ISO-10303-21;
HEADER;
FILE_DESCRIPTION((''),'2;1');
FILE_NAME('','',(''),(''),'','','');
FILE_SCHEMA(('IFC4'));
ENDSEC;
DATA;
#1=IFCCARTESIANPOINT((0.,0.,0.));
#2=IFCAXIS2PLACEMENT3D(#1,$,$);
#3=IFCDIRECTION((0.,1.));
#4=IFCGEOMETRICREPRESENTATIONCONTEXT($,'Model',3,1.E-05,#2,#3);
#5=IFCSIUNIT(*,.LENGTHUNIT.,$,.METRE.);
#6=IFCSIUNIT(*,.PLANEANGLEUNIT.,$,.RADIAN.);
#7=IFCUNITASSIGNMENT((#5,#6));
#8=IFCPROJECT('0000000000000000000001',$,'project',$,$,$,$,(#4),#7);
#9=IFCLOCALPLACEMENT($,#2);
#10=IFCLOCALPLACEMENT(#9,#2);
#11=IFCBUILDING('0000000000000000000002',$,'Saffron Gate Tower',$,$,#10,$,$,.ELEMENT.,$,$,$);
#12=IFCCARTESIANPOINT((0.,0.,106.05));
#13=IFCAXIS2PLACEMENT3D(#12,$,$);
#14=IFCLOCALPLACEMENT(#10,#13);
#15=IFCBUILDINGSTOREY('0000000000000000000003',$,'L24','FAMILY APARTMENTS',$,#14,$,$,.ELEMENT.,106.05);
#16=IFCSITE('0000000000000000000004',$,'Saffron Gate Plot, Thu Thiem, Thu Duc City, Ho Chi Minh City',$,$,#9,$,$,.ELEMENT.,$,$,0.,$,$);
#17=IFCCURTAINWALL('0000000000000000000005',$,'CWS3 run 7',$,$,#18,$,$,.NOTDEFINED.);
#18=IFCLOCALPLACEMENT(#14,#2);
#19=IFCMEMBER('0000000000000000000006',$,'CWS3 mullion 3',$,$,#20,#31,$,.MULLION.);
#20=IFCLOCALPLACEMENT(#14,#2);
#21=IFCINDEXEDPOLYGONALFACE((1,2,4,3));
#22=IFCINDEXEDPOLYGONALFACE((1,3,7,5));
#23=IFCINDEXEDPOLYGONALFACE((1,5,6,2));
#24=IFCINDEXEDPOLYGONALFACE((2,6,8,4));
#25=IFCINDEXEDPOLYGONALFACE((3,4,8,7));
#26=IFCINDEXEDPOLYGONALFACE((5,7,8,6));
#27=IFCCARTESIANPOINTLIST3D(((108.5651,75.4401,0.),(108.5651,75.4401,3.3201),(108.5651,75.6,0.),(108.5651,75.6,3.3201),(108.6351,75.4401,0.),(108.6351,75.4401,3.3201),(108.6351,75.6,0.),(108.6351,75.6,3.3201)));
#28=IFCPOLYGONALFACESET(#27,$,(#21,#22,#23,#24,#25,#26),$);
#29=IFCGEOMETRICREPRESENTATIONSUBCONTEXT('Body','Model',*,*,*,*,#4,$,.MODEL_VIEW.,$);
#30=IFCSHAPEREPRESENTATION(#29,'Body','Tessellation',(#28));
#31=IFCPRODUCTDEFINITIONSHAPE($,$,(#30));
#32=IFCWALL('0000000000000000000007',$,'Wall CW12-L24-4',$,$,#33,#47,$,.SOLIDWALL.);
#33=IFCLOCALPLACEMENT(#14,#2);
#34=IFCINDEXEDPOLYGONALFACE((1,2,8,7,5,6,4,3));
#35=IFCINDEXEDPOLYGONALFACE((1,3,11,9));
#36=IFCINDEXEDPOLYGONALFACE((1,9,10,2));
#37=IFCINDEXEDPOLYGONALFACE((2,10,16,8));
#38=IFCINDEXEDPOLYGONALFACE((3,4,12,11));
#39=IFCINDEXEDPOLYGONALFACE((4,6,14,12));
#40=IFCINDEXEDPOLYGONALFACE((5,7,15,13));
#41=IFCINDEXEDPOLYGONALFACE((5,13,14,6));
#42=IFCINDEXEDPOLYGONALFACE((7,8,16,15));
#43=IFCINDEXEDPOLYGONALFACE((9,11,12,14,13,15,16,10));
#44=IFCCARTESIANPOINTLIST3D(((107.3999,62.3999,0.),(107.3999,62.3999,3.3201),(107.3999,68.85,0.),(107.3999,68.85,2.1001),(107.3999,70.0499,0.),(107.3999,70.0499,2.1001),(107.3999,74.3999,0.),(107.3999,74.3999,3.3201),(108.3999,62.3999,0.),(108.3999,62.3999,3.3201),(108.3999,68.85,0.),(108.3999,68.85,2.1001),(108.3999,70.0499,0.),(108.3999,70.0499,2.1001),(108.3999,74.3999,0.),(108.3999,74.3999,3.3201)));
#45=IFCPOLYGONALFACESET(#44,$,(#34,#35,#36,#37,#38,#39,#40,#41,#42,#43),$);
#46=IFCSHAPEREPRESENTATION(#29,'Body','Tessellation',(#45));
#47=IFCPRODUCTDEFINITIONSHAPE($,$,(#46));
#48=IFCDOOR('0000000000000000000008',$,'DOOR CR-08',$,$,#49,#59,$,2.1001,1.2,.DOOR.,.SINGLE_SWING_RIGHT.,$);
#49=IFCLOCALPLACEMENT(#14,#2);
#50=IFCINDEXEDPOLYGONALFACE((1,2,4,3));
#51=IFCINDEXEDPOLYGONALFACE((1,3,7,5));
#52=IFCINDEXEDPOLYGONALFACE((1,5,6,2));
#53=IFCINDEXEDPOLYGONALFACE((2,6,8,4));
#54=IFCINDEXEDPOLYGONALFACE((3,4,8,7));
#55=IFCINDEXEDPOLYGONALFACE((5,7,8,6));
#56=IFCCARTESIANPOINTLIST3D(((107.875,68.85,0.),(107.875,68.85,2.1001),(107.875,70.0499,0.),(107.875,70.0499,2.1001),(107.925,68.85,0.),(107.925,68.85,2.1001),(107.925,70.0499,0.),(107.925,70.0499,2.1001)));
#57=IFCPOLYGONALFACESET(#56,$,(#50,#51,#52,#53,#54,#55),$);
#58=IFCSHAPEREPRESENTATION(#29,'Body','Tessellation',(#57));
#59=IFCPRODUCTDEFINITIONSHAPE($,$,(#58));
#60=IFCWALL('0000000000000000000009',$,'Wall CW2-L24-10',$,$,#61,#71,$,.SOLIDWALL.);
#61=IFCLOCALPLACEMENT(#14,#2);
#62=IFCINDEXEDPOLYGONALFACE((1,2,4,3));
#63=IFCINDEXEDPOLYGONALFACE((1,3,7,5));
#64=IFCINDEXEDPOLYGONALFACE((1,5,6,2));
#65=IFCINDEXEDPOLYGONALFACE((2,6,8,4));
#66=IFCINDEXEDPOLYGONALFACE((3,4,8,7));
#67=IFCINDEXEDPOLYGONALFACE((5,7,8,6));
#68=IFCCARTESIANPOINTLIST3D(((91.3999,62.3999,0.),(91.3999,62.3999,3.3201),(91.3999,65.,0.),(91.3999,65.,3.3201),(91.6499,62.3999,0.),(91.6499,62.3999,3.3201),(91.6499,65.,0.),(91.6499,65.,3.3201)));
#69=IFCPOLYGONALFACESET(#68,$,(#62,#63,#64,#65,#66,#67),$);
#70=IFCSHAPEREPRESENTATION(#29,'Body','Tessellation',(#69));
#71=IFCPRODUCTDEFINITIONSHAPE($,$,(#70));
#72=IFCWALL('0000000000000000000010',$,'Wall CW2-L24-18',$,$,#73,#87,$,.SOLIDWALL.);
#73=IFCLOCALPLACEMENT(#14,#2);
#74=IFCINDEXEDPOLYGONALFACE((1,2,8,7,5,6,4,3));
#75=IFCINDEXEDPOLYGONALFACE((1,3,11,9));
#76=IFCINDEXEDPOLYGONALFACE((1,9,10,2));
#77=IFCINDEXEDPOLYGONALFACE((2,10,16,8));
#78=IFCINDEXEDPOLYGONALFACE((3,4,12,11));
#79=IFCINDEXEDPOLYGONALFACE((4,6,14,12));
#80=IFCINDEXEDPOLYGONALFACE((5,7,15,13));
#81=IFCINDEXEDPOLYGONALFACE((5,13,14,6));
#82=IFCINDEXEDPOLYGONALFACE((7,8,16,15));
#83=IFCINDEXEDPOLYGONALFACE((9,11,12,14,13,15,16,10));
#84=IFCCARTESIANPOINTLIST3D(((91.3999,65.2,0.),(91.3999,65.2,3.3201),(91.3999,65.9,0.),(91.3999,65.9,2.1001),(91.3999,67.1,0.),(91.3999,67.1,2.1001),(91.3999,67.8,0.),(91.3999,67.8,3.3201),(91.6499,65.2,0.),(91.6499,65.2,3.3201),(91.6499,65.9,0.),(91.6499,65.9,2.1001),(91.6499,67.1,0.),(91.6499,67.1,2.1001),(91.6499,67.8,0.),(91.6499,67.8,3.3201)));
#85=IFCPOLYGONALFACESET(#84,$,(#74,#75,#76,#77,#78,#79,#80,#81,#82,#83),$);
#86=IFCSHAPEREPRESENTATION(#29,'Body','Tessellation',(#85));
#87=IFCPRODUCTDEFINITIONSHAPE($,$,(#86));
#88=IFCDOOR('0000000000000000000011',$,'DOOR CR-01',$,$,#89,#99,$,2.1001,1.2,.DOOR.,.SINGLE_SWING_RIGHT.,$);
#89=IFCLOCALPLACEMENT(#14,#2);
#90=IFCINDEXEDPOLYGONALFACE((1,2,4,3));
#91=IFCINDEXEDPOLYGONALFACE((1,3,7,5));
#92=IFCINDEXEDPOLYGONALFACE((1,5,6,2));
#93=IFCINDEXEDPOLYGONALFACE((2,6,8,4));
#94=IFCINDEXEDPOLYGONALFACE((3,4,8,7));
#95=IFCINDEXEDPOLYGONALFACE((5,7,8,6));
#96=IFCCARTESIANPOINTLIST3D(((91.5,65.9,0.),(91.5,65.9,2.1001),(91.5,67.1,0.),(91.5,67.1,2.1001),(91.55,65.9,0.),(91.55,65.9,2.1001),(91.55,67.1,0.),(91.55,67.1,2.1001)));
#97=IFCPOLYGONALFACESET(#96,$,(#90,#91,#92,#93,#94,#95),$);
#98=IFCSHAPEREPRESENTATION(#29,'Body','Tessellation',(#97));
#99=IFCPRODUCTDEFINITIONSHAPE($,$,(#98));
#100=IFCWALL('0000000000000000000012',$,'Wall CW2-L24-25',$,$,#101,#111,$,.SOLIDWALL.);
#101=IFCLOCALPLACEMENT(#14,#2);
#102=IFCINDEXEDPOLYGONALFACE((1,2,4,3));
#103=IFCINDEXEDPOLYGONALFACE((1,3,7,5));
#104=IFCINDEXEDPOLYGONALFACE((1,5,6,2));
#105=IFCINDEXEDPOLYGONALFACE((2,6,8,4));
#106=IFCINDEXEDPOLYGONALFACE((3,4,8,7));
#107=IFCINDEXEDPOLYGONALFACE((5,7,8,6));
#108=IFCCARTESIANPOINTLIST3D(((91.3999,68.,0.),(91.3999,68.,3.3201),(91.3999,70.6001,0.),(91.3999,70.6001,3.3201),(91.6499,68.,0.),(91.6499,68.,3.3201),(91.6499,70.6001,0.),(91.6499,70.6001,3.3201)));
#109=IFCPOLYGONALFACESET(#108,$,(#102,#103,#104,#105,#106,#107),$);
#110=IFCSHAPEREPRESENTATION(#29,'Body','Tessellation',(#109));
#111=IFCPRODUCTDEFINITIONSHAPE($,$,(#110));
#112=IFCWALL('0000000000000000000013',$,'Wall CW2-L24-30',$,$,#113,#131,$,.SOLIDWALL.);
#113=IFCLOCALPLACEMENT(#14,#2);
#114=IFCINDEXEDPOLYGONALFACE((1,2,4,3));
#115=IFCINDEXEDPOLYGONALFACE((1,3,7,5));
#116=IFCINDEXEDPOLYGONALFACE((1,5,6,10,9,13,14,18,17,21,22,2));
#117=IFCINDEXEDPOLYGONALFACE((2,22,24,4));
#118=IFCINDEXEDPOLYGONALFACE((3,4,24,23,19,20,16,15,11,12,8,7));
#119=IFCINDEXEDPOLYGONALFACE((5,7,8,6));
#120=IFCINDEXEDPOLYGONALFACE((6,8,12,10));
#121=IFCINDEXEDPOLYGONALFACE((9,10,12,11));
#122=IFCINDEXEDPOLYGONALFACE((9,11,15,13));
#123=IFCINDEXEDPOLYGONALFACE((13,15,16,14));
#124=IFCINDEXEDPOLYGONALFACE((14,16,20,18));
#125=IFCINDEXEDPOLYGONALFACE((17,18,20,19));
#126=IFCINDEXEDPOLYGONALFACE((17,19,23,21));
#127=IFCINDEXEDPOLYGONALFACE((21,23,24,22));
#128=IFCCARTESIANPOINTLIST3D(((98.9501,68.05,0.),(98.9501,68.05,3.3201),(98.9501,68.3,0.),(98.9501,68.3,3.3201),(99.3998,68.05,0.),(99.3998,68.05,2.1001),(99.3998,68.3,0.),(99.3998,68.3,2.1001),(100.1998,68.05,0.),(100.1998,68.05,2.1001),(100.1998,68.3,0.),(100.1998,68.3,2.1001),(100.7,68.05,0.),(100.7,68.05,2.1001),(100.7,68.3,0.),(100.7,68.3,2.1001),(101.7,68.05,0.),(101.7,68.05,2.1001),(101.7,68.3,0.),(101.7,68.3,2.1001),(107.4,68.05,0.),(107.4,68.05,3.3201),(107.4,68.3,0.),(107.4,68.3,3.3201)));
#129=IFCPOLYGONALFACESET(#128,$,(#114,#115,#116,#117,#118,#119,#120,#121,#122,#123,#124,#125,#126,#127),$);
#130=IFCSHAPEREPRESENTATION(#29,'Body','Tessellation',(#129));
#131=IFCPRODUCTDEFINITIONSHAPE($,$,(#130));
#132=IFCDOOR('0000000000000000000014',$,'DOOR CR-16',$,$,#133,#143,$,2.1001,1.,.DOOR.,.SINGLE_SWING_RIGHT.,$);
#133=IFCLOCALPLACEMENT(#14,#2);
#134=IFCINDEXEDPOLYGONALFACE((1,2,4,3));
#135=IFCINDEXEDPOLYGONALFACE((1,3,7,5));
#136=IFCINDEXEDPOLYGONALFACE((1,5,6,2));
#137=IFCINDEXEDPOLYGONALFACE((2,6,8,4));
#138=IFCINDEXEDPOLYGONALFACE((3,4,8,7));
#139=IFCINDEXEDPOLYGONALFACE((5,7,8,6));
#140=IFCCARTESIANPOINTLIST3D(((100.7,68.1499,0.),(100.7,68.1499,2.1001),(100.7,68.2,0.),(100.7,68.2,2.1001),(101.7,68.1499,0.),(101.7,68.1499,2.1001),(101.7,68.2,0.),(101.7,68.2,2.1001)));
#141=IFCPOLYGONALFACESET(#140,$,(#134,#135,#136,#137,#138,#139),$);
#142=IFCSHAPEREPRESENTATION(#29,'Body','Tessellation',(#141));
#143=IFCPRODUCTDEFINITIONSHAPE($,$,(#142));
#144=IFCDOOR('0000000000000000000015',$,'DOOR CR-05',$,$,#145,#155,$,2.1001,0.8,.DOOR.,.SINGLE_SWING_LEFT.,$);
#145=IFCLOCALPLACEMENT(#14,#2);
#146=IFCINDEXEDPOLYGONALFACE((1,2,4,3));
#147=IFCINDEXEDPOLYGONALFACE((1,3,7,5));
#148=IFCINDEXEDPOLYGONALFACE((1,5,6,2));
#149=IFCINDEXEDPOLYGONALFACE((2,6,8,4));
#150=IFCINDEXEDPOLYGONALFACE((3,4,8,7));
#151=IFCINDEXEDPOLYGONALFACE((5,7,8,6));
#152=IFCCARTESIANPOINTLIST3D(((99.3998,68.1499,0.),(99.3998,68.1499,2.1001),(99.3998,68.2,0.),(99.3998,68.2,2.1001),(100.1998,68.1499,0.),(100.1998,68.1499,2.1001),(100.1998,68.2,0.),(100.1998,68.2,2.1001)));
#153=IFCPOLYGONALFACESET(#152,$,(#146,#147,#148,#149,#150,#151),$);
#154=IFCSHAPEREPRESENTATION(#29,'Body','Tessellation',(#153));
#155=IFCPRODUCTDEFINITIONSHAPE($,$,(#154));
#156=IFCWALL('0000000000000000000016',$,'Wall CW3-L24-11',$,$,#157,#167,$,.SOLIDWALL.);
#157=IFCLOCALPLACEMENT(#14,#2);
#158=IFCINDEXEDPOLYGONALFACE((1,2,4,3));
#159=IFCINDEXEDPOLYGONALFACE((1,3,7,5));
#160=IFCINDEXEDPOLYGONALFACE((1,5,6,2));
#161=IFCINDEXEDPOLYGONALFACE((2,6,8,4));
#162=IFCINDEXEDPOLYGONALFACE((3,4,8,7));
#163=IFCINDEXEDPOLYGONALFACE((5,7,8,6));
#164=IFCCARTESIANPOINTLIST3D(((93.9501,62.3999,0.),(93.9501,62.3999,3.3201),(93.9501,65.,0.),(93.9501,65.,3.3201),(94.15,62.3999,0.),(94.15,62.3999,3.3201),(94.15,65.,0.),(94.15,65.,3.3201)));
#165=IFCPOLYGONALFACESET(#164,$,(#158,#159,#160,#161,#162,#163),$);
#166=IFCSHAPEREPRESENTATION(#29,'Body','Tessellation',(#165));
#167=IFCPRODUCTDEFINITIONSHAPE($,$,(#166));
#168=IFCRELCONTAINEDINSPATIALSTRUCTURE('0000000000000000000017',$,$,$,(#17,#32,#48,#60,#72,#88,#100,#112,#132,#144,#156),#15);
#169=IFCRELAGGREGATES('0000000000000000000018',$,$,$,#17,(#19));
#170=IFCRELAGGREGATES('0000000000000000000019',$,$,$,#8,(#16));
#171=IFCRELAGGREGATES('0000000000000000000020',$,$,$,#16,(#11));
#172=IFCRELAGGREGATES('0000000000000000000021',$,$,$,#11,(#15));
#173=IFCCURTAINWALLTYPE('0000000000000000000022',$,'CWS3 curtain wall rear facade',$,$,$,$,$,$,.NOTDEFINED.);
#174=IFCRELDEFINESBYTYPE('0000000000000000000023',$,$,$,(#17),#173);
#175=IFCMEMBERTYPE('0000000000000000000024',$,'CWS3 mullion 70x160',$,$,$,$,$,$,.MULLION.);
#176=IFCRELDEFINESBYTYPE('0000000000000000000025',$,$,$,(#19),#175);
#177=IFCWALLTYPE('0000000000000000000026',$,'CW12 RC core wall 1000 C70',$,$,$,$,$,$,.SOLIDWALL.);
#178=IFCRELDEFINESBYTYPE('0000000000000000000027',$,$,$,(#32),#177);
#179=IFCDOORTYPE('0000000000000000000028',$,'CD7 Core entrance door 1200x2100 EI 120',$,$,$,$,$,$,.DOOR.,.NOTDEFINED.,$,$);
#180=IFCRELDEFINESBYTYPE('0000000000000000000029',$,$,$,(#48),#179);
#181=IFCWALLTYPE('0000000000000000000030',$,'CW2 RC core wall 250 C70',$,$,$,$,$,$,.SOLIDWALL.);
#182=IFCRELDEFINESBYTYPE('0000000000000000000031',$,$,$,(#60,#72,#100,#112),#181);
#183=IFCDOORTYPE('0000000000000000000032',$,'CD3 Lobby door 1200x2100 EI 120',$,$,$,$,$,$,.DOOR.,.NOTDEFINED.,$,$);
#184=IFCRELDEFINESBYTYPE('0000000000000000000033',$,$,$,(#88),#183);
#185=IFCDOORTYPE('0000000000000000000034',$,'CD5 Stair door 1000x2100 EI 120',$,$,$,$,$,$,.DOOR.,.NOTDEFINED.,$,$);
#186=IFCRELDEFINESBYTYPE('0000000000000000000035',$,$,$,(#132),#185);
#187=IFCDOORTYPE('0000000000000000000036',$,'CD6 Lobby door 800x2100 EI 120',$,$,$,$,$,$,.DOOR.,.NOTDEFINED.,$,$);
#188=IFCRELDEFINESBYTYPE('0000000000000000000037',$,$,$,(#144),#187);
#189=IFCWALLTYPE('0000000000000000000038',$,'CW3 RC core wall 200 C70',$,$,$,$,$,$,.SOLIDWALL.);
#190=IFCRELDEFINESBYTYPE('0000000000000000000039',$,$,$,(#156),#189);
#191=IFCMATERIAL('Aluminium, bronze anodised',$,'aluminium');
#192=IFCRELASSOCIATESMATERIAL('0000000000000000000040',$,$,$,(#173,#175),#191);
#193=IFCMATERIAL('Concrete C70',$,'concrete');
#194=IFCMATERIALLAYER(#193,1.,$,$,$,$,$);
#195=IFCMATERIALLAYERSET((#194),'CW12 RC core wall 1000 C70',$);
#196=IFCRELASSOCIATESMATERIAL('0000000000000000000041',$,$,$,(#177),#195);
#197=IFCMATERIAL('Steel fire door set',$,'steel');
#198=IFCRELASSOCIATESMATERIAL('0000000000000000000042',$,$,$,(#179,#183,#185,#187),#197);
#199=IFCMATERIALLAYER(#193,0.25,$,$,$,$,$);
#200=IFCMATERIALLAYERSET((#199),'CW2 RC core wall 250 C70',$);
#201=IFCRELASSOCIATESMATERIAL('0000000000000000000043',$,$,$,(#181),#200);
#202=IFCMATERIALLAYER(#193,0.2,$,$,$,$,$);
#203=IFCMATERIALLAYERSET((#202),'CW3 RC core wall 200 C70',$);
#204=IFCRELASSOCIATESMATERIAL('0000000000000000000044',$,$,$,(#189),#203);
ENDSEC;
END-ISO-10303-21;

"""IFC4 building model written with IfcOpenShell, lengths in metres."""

from ifc_helpers import new_model, si_unit, direction, frame, frame_2d, origin, origin_2d, place, context, subcontext, project, spatial, rectangle, extrude, material, layer, layer_set, material_profile, profile_set, type_object, element, fill, aggregate, save


model = new_model("IFC4")

# Units and contexts
model_context = context("Model", 3, precision=1e-05, world=origin(), true_north=direction((0.0, 1.0)))
body_context = subcontext(model_context, "Body", "Model", "MODEL_VIEW")
ifc_project = project(units=[si_unit("LENGTHUNIT", "METRE"), si_unit("PLANEANGLEUNIT", "RADIAN")], contexts=[model_context])

# Site, building, storey
site_placement = place(None, origin())
site = spatial("IfcSite", under=ifc_project, at=site_placement, Name="Saffron Gate Plot, Thu Thiem, Thu Duc City, Ho Chi Minh City", CompositionType="ELEMENT", RefElevation=0.0)
building_placement = place(site_placement, origin())
building = spatial("IfcBuilding", under=site, at=building_placement, Name="Saffron Gate Tower", CompositionType="ELEMENT")
storey_placement = place(building_placement, frame((0.0, 0.0, 106.05)))
storey = spatial("IfcBuildingStorey", under=building, at=storey_placement, Name="L24", Description="FAMILY APARTMENTS", CompositionType="ELEMENT", Elevation=106.05)

# Curtain wall, member
ifc_material_1 = material(Name="Aluminium, bronze anodised", Category="aluminium")
curtain_wall_type = type_object("IfcCurtainWallType", Name="CWS3 curtain wall rear facade", PredefinedType="NOTDEFINED", material=ifc_material_1)
curtain_wall_placement = place(storey_placement, origin())
curtain_wall = element("IfcCurtainWall", 1, at=curtain_wall_placement, inside=storey, type_object=curtain_wall_type, Name="CWS3 run 7", PredefinedType="NOTDEFINED")
ifc_material_profile = material_profile(ifc_material_1, rectangle(XDim=0.1599, YDim=0.0701, at=origin_2d()))
ifc_profile_set = profile_set([ifc_material_profile], Name="Aluminium, bronze anodised")
member_type = type_object("IfcMemberType", Name="CWS3 mullion 70x160", PredefinedType="MULLION", material=ifc_profile_set)
member_placement = place(storey_placement, frame((108.6001, 75.52, 0.0), z_axis=(0.0, 0.0, 1.0), x_axis=(0.0, -1.0, 0.0)))
member = element("IfcMember", 2, at=member_placement, type_object=member_type, Name="CWS3 mullion 3", PredefinedType="MULLION", context=body_context, shape_type="SweptSolid", body=[
    extrude(rectangle(XDim=0.1599, YDim=0.0701, at=origin_2d()), origin(), (0.0, 0.0, 1.0), 3.3201),
])
aggregate(curtain_wall, [member])

# Wall, opening, door
ifc_material_2 = material(Name="Concrete C70", Category="concrete")
ifc_layer_1 = layer(ifc_material_2, 1.0)
ifc_layer_set_1 = layer_set([ifc_layer_1], Name="CW12 RC core wall 1000 C70")
wall_type_1 = type_object("IfcWallType", Name="CW12 RC core wall 1000 C70", PredefinedType="SOLIDWALL", material=ifc_layer_set_1)
wall_1_placement = place(storey_placement, frame((107.8999, 62.3999, 0.0), z_axis=(0.0, 0.0, 1.0), x_axis=(0.0, 1.0, 0.0)))
wall_1 = element("IfcWall", 3, at=wall_1_placement, inside=storey, type_object=wall_type_1, Name="Wall CW12-L24-4", PredefinedType="SOLIDWALL", context=body_context, shape_type="SweptSolid", body=[
    extrude(rectangle(XDim=12.0, YDim=1.0, at=frame_2d((6.0, 0.0))), origin(), (0.0, 0.0, 1.0), 3.3201),
])
opening_1_placement = place(wall_1_placement, frame((6.45, 0.0, 0.0)))
opening_1 = element("IfcOpeningElement", 4, at=opening_1_placement, cuts=wall_1, PredefinedType="OPENING", context=body_context, shape_type="SweptSolid", body=[
    extrude(rectangle(XDim=1.2, YDim=2.1001, at=frame_2d((0.6001, 1.05))), frame((0.0, 0.51, 0.0), z_axis=(0.0, -1.0, 0.0), x_axis=(1.0, 0.0, 0.0)), (0.0, 0.0, 1.0), 1.02),
])
ifc_material_3 = material(Name="Steel fire door set", Category="steel")
door_type_1 = type_object("IfcDoorType", Name="CD7 Core entrance door 1200x2100 EI 120", OperationType="NOTDEFINED", PredefinedType="DOOR", material=ifc_material_3)
door_1_placement = place(opening_1_placement, origin())
door_1 = element("IfcDoor", 5, at=door_1_placement, inside=storey, type_object=door_type_1, Name="DOOR CR-08", OperationType="SINGLE_SWING_RIGHT", OverallHeight=2.1001, OverallWidth=1.2, PredefinedType="DOOR", context=body_context, shape_type="SweptSolid", body=[
    extrude(rectangle(XDim=1.2, YDim=2.1001, at=frame_2d((0.6001, 1.05))), frame((0.0, 0.0249, 0.0), z_axis=(0.0, -1.0, 0.0), x_axis=(1.0, 0.0, 0.0)), (0.0, 0.0, 1.0), 0.05),
])
fill(opening_1, door_1)

# Wall
ifc_layer_2 = layer(ifc_material_2, 0.25)
ifc_layer_set_2 = layer_set([ifc_layer_2], Name="CW2 RC core wall 250 C70")
wall_type_2 = type_object("IfcWallType", Name="CW2 RC core wall 250 C70", PredefinedType="SOLIDWALL", material=ifc_layer_set_2)
wall_2_placement = place(storey_placement, frame((91.5249, 62.3999, 0.0), z_axis=(0.0, 0.0, 1.0), x_axis=(0.0, 1.0, 0.0)))
element("IfcWall", 6, at=wall_2_placement, inside=storey, type_object=wall_type_2, Name="Wall CW2-L24-10", PredefinedType="SOLIDWALL", context=body_context, shape_type="SweptSolid", body=[
    extrude(rectangle(XDim=2.6001, YDim=0.25, at=frame_2d((1.3, 0.0))), origin(), (0.0, 0.0, 1.0), 3.3201),
])

# Wall, opening, door
wall_3_placement = place(storey_placement, frame((91.5249, 65.2, 0.0), z_axis=(0.0, 0.0, 1.0), x_axis=(0.0, 1.0, 0.0)))
wall_3 = element("IfcWall", 7, at=wall_3_placement, inside=storey, type_object=wall_type_2, Name="Wall CW2-L24-18", PredefinedType="SOLIDWALL", context=body_context, shape_type="SweptSolid", body=[
    extrude(rectangle(XDim=2.6001, YDim=0.25, at=frame_2d((1.3, 0.0))), origin(), (0.0, 0.0, 1.0), 3.3201),
])
opening_2_placement = place(wall_3_placement, frame((0.7, 0.0, 0.0)))
opening_2 = element("IfcOpeningElement", 8, at=opening_2_placement, cuts=wall_3, PredefinedType="OPENING", context=body_context, shape_type="SweptSolid", body=[
    extrude(rectangle(XDim=1.2, YDim=2.1001, at=frame_2d((0.6001, 1.05))), frame((0.0, 0.135, 0.0), z_axis=(0.0, -1.0, 0.0), x_axis=(1.0, 0.0, 0.0)), (0.0, 0.0, 1.0), 0.27),
])
door_type_2 = type_object("IfcDoorType", Name="CD3 Lobby door 1200x2100 EI 120", OperationType="NOTDEFINED", PredefinedType="DOOR", material=ifc_material_3)
door_2_placement = place(opening_2_placement, origin())
door_2 = element("IfcDoor", 9, at=door_2_placement, inside=storey, type_object=door_type_2, Name="DOOR CR-01", OperationType="SINGLE_SWING_RIGHT", OverallHeight=2.1001, OverallWidth=1.2, PredefinedType="DOOR", context=body_context, shape_type="SweptSolid", body=[
    extrude(rectangle(XDim=1.2, YDim=2.1001, at=frame_2d((0.6001, 1.05))), frame((0.0, 0.0249, 0.0), z_axis=(0.0, -1.0, 0.0), x_axis=(1.0, 0.0, 0.0)), (0.0, 0.0, 1.0), 0.05),
])
fill(opening_2, door_2)

# Wall
wall_4_placement = place(storey_placement, frame((91.5249, 68.0, 0.0), z_axis=(0.0, 0.0, 1.0), x_axis=(0.0, 1.0, 0.0)))
element("IfcWall", 10, at=wall_4_placement, inside=storey, type_object=wall_type_2, Name="Wall CW2-L24-25", PredefinedType="SOLIDWALL", context=body_context, shape_type="SweptSolid", body=[
    extrude(rectangle(XDim=2.6001, YDim=0.25, at=frame_2d((1.3, 0.0))), origin(), (0.0, 0.0, 1.0), 3.3201),
])

# Wall, openings, doors
wall_5_placement = place(storey_placement, frame((98.95, 68.175, 0.0), z_axis=(0.0, 0.0, 1.0), x_axis=(1.0, 0.0, 0.0)))
wall_5 = element("IfcWall", 11, at=wall_5_placement, inside=storey, type_object=wall_type_2, Name="Wall CW2-L24-30", PredefinedType="SOLIDWALL", context=body_context, shape_type="SweptSolid", body=[
    extrude(rectangle(XDim=8.45, YDim=0.25, at=frame_2d((4.2251, 0.0))), origin(), (0.0, 0.0, 1.0), 3.3201),
])
opening_3_placement = place(wall_5_placement, frame((0.45, 0.0, 0.0)))
opening_3 = element("IfcOpeningElement", 12, at=opening_3_placement, cuts=wall_5, PredefinedType="OPENING", context=body_context, shape_type="SweptSolid", body=[
    extrude(rectangle(XDim=0.8, YDim=2.1001, at=frame_2d((0.3999, 1.05))), frame((0.0, 0.135, 0.0), z_axis=(0.0, -1.0, 0.0), x_axis=(1.0, 0.0, 0.0)), (0.0, 0.0, 1.0), 0.27),
])
opening_4_placement = place(wall_5_placement, frame((1.75, 0.0, 0.0)))
opening_4 = element("IfcOpeningElement", 13, at=opening_4_placement, cuts=wall_5, PredefinedType="OPENING", context=body_context, shape_type="SweptSolid", body=[
    extrude(rectangle(XDim=1.0, YDim=2.1001, at=frame_2d((0.5, 1.05))), frame((0.0, 0.135, 0.0), z_axis=(0.0, -1.0, 0.0), x_axis=(1.0, 0.0, 0.0)), (0.0, 0.0, 1.0), 0.27),
])
door_type_3 = type_object("IfcDoorType", Name="CD5 Stair door 1000x2100 EI 120", OperationType="NOTDEFINED", PredefinedType="DOOR", material=ifc_material_3)
door_3_placement = place(opening_4_placement, origin())
door_3 = element("IfcDoor", 14, at=door_3_placement, inside=storey, type_object=door_type_3, Name="DOOR CR-16", OperationType="SINGLE_SWING_RIGHT", OverallHeight=2.1001, OverallWidth=1.0, PredefinedType="DOOR", context=body_context, shape_type="SweptSolid", body=[
    extrude(rectangle(XDim=1.0, YDim=2.1001, at=frame_2d((0.5, 1.05))), frame((0.0, 0.0249, 0.0), z_axis=(0.0, -1.0, 0.0), x_axis=(1.0, 0.0, 0.0)), (0.0, 0.0, 1.0), 0.05),
])
fill(opening_4, door_3)
door_type_4 = type_object("IfcDoorType", Name="CD6 Lobby door 800x2100 EI 120", OperationType="NOTDEFINED", PredefinedType="DOOR", material=ifc_material_3)
door_4_placement = place(opening_3_placement, origin())
door_4 = element("IfcDoor", 15, at=door_4_placement, inside=storey, type_object=door_type_4, Name="DOOR CR-05", OperationType="SINGLE_SWING_LEFT", OverallHeight=2.1001, OverallWidth=0.8, PredefinedType="DOOR", context=body_context, shape_type="SweptSolid", body=[
    extrude(rectangle(XDim=0.8, YDim=2.1001, at=frame_2d((0.3999, 1.05))), frame((0.0, 0.0249, 0.0), z_axis=(0.0, -1.0, 0.0), x_axis=(1.0, 0.0, 0.0)), (0.0, 0.0, 1.0), 0.05),
])
fill(opening_3, door_4)

# Wall
ifc_layer_3 = layer(ifc_material_2, 0.2)
ifc_layer_set_3 = layer_set([ifc_layer_3], Name="CW3 RC core wall 200 C70")
wall_type_3 = type_object("IfcWallType", Name="CW3 RC core wall 200 C70", PredefinedType="SOLIDWALL", material=ifc_layer_set_3)
for number, where, z_axis, x_axis, name in (
    (16, (94.05, 62.3999, 0.0), (0.0, 0.0, 1.0), (0.0, 1.0, 0.0), "Wall CW3-L24-11"),
):
    element("IfcWall", number, at=place(storey_placement, frame(where, z_axis=z_axis, x_axis=x_axis)), inside=storey, type_object=wall_type_3, Name=name, PredefinedType="SOLIDWALL", context=body_context, shape_type="SweptSolid", body=[
        extrude(rectangle(XDim=2.6001, YDim=0.2, at=frame_2d((1.3, 0.0))), origin(), (0.0, 0.0, 1.0), 3.3201),
    ])

save(model, "model.ifc")
